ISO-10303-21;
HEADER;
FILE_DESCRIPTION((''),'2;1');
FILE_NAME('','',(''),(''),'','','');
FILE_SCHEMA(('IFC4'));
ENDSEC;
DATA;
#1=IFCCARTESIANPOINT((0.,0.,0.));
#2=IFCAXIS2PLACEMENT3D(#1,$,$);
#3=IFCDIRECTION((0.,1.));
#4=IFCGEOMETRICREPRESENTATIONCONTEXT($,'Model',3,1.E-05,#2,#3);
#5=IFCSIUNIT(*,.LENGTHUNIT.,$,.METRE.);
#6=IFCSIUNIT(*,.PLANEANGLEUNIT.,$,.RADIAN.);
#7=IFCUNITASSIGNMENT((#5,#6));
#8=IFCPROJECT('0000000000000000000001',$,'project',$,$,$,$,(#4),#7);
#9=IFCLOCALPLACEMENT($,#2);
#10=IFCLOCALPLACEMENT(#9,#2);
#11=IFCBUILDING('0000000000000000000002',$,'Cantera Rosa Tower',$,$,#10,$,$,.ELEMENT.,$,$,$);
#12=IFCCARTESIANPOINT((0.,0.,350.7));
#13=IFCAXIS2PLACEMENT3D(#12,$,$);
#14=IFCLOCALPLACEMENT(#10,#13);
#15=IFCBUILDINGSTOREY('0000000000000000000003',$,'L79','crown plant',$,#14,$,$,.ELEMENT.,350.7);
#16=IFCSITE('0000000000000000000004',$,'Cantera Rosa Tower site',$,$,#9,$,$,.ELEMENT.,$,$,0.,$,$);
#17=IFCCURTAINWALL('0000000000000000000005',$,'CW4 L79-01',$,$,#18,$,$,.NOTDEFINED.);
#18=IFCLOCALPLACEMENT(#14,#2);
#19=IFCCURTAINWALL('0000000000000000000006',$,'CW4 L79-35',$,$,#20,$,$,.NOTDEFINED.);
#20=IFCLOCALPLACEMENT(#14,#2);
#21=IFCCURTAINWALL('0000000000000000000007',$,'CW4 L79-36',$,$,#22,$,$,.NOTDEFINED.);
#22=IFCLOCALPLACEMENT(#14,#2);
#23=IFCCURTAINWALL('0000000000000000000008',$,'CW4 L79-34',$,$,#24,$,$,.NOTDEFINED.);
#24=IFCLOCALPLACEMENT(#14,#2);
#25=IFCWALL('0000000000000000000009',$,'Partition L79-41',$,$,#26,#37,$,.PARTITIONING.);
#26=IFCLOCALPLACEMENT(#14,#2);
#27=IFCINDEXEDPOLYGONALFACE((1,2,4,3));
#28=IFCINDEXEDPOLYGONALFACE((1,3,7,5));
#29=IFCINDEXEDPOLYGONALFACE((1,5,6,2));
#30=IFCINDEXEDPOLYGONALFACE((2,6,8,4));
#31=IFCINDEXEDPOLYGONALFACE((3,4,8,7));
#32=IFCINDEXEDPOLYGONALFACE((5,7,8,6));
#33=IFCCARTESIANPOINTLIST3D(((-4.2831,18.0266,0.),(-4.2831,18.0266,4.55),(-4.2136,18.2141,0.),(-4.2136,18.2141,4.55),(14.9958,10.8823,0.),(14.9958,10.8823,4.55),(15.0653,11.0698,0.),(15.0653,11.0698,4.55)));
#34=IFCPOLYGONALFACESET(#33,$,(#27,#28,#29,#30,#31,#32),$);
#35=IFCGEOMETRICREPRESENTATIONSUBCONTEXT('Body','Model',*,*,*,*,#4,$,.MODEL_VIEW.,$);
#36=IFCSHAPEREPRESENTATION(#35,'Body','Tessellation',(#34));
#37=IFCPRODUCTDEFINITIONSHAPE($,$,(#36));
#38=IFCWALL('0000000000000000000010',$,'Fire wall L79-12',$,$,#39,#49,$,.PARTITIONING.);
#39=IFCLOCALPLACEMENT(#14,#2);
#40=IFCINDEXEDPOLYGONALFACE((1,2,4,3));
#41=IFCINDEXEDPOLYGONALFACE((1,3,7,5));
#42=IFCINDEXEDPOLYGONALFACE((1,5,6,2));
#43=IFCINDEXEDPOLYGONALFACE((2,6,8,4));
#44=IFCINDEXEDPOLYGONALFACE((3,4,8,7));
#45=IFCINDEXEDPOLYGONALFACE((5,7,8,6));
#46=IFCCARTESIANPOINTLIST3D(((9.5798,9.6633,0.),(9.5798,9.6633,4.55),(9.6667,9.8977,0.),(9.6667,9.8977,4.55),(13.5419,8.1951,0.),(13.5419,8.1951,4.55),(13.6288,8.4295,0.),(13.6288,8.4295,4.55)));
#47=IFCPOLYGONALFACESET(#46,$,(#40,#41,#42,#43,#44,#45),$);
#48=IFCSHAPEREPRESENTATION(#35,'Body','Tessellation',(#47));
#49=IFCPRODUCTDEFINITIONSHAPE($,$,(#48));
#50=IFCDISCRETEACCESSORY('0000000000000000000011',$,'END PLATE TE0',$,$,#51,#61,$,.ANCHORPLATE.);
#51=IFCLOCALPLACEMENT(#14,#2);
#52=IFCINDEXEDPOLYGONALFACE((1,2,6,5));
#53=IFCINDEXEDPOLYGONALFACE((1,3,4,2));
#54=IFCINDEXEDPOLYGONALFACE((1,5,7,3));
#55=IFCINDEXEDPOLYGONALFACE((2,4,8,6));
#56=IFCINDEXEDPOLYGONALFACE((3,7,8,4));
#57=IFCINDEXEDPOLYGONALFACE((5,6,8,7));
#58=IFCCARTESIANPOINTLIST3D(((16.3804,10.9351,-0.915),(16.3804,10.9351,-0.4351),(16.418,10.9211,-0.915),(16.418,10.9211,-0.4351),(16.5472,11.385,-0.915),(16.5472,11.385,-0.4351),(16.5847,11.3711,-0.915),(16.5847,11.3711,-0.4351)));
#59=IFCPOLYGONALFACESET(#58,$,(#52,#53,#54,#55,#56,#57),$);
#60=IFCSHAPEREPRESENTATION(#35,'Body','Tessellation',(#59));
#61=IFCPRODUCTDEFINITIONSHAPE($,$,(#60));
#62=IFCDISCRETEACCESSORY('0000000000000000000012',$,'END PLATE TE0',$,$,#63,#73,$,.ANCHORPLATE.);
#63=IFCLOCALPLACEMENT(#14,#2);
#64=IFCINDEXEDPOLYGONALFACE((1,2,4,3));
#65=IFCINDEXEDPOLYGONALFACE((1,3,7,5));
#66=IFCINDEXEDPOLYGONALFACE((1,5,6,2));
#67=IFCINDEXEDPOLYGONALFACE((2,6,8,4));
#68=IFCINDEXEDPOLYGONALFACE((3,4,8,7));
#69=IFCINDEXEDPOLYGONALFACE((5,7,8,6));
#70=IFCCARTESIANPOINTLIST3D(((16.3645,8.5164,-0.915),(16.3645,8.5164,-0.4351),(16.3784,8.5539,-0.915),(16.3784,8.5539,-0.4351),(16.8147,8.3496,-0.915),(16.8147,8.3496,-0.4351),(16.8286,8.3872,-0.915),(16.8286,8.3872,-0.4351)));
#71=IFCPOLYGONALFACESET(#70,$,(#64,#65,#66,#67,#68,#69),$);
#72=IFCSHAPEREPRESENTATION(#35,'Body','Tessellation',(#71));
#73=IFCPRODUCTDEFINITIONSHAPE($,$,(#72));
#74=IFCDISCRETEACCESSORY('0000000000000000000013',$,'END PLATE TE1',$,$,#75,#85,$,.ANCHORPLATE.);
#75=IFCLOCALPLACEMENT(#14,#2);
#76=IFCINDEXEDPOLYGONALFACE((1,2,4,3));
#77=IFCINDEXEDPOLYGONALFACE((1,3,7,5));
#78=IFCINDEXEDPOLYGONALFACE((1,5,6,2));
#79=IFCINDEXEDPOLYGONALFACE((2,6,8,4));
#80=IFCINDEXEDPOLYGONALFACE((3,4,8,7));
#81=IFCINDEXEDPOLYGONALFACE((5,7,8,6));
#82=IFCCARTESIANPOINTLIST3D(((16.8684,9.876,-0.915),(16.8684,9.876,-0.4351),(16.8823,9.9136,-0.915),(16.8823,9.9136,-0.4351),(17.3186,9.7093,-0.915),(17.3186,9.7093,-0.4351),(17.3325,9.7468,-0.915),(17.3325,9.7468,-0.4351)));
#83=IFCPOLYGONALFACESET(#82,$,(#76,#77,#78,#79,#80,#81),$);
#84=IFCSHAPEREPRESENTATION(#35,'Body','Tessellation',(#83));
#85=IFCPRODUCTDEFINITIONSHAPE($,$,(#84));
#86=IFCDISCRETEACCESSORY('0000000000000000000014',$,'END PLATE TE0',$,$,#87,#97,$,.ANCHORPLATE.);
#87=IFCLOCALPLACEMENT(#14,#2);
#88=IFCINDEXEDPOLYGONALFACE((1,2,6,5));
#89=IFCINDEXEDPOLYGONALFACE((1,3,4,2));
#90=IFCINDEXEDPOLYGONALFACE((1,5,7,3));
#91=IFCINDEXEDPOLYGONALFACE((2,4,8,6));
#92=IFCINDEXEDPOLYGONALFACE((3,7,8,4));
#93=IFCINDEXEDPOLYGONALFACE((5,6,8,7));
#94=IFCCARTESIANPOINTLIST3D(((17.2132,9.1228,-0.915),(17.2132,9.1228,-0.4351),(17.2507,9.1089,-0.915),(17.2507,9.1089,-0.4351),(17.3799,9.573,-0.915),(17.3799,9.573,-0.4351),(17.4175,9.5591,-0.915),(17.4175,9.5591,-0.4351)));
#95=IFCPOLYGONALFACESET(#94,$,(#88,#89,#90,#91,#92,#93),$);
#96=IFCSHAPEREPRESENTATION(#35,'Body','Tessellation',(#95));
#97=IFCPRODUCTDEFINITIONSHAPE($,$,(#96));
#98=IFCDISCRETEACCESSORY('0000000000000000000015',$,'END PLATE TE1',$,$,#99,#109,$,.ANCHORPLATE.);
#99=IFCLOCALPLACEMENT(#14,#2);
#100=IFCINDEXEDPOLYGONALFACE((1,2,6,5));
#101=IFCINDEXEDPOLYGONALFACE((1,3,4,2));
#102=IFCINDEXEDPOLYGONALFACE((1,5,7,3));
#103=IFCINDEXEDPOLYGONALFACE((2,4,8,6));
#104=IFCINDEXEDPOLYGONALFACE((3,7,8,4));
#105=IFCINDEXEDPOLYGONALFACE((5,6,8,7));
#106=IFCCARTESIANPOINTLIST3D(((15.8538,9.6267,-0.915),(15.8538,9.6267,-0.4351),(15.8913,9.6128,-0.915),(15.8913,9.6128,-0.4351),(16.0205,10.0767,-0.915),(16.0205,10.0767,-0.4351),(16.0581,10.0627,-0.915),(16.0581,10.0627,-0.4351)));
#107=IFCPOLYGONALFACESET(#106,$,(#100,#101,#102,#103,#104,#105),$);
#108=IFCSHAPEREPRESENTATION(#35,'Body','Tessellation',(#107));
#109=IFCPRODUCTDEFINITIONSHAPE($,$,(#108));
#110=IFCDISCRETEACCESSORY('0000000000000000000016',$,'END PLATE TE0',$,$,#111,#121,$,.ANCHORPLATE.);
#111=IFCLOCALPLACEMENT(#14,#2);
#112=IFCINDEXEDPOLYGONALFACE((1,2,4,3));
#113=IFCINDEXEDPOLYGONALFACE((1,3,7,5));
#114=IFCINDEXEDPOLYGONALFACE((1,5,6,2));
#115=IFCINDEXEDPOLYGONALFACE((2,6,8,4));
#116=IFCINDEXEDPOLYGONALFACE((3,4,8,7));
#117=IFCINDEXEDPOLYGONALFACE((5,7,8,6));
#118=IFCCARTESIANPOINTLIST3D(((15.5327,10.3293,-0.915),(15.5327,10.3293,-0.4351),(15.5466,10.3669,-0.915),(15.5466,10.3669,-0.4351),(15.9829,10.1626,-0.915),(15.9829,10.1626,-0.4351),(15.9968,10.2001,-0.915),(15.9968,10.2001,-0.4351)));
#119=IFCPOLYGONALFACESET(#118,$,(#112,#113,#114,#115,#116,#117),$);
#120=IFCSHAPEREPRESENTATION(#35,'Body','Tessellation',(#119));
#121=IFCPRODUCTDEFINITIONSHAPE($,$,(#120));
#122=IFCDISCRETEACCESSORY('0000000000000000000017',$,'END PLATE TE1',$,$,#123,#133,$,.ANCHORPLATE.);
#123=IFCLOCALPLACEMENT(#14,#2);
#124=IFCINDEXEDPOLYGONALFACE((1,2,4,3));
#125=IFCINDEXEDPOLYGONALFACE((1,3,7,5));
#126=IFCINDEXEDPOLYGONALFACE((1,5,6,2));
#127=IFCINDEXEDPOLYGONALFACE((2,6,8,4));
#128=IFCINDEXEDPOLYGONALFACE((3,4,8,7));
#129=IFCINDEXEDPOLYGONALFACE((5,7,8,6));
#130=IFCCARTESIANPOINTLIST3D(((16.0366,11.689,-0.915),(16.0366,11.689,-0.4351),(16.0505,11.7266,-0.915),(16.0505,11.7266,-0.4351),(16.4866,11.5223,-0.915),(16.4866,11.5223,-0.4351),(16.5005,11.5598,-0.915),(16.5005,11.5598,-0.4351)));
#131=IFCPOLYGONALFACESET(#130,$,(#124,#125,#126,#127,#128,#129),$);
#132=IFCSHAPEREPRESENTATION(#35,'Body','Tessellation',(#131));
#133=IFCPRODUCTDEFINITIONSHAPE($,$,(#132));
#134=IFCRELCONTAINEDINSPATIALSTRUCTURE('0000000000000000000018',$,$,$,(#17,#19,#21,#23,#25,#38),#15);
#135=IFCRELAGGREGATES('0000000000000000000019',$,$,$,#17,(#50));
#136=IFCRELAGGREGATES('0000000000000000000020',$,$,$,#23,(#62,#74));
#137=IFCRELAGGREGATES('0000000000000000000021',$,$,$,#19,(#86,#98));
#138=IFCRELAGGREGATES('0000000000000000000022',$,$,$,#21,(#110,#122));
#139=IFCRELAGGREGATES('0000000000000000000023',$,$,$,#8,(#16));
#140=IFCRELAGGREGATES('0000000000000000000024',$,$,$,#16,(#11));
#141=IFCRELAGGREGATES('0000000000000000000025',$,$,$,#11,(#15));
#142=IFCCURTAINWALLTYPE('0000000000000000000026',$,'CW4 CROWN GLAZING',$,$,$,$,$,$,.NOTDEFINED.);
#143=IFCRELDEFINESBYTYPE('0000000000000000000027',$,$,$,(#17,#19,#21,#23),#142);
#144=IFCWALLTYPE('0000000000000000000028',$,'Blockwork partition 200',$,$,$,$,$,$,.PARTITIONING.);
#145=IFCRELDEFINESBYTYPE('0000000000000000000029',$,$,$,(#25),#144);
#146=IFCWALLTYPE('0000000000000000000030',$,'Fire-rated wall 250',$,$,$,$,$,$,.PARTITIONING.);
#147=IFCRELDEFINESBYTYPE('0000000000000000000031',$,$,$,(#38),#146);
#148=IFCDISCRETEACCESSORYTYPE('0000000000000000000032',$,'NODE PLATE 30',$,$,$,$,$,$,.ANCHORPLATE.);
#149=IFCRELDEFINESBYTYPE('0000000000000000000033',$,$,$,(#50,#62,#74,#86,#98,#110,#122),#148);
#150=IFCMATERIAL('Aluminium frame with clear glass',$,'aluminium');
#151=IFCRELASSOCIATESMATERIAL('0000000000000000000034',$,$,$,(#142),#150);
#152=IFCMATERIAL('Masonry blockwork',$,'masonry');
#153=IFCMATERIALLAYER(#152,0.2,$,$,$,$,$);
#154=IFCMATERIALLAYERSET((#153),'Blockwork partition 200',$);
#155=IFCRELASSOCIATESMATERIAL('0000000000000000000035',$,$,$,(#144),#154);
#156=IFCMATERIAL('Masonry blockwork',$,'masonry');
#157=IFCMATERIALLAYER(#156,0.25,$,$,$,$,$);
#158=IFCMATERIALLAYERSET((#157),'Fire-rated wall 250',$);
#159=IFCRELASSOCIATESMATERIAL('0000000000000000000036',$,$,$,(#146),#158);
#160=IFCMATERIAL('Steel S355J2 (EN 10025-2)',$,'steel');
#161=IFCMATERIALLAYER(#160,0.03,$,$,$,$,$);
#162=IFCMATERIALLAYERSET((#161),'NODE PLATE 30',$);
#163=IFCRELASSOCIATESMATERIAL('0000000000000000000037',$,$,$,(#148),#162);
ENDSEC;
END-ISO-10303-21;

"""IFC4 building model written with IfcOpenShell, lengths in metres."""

from ifc_helpers import new_model, si_unit, direction, frame, frame_2d, origin, place, context, subcontext, project, spatial, polyline, rectangle, outline, extrude, material, layer, layer_set, type_object, element, aggregate, save


model = new_model("IFC4")

# Units and contexts
model_context = context("Model", 3, precision=1e-05, world=origin(), true_north=direction((0.0, 1.0)))
body_context = subcontext(model_context, "Body", "Model", "MODEL_VIEW")
ifc_project = project(units=[si_unit("LENGTHUNIT", "METRE"), si_unit("PLANEANGLEUNIT", "RADIAN")], contexts=[model_context])

# Site, building, storey
site_placement = place(None, origin())
site = spatial("IfcSite", under=ifc_project, at=site_placement, Name="Cantera Rosa Tower site", CompositionType="ELEMENT", RefElevation=0.0)
building_placement = place(site_placement, origin())
building = spatial("IfcBuilding", under=site, at=building_placement, Name="Cantera Rosa Tower", CompositionType="ELEMENT")
storey_placement = place(building_placement, frame((0.0, 0.0, 350.7)))
storey = spatial("IfcBuildingStorey", under=building, at=storey_placement, Name="L79", Description="crown plant", CompositionType="ELEMENT", Elevation=350.7)

# Curtain walls
ifc_material_1 = material(Name="Aluminium frame with clear glass", Category="aluminium")
curtain_wall_type = type_object("IfcCurtainWallType", Name="CW4 CROWN GLAZING", PredefinedType="NOTDEFINED", material=ifc_material_1)
curtain_wall_1_placement = place(storey_placement, origin())
curtain_wall_1 = element("IfcCurtainWall", 1, at=curtain_wall_1_placement, inside=storey, type_object=curtain_wall_type, Name="CW4 L79-01", PredefinedType="NOTDEFINED")
curtain_wall_2_placement = place(storey_placement, origin())
curtain_wall_2 = element("IfcCurtainWall", 2, at=curtain_wall_2_placement, inside=storey, type_object=curtain_wall_type, Name="CW4 L79-35", PredefinedType="NOTDEFINED")
curtain_wall_3_placement = place(storey_placement, origin())
curtain_wall_3 = element("IfcCurtainWall", 3, at=curtain_wall_3_placement, inside=storey, type_object=curtain_wall_type, Name="CW4 L79-36", PredefinedType="NOTDEFINED")

# Curtain wall
curtain_wall_4_placement = place(storey_placement, origin())
curtain_wall_4 = element("IfcCurtainWall", 4, at=curtain_wall_4_placement, inside=storey, type_object=curtain_wall_type, Name="CW4 L79-34", PredefinedType="NOTDEFINED")

# Walls
ifc_material_2 = material(Name="Masonry blockwork", Category="masonry")
ifc_layer_1 = layer(ifc_material_2, 0.2)
ifc_layer_set_1 = layer_set([ifc_layer_1], Name="Blockwork partition 200")
wall_type_1 = type_object("IfcWallType", Name="Blockwork partition 200", PredefinedType="PARTITIONING", material=ifc_layer_set_1)
wall_1_placement = place(storey_placement, frame((15.0305, 10.9761, 0.0), z_axis=(0.0, 0.0, 1.0), x_axis=(-0.937686, 0.347485, 0.0)))
element("IfcWall", 5, at=wall_1_placement, inside=storey, type_object=wall_type_1, Name="Partition L79-41", PredefinedType="PARTITIONING", context=body_context, shape_type="SweptSolid", body=[
    extrude(rectangle(XDim=20.5601, YDim=0.2, at=frame_2d((10.28, 0.0))), origin(), (0.0, 0.0, 1.0), 4.55),
])
ifc_material_3 = material(Name="Masonry blockwork", Category="masonry")
ifc_layer_2 = layer(ifc_material_3, 0.25)
ifc_layer_set_2 = layer_set([ifc_layer_2], Name="Fire-rated wall 250")
wall_type_2 = type_object("IfcWallType", Name="Fire-rated wall 250", PredefinedType="PARTITIONING", material=ifc_layer_set_2)
wall_2_placement = place(storey_placement, frame((13.5854, 8.3123, 0.0), z_axis=(0.0, 0.0, 1.0), x_axis=(-0.937687, 0.34748, 0.0)))
element("IfcWall", 6, at=wall_2_placement, inside=storey, type_object=wall_type_2, Name="Fire wall L79-12", PredefinedType="PARTITIONING", context=body_context, shape_type="SweptSolid", body=[
    extrude(rectangle(XDim=4.2253, YDim=0.25, at=frame_2d((2.1128, 0.0))), origin(), (0.0, 0.0, 1.0), 4.55),
])

# Discrete accessories
ifc_material_4 = material(Name="Steel S355J2 (EN 10025-2)", Category="steel")
ifc_layer_3 = layer(ifc_material_4, 0.03)
ifc_layer_set_3 = layer_set([ifc_layer_3], Name="NODE PLATE 30")
discrete_accessory_type = type_object("IfcDiscreteAccessoryType", Name="NODE PLATE 30", PredefinedType="ANCHORPLATE", material=ifc_layer_set_3)
discrete_accessory_1_placement = place(storey_placement, frame((16.5847, 11.3711, -0.4351), z_axis=(0.937681, -0.347497, 0.0), x_axis=(-0.347497, -0.937681, 0.0)))
discrete_accessory_1 = element("IfcDiscreteAccessory", 7, at=discrete_accessory_1_placement, type_object=discrete_accessory_type, Name="END PLATE TE0", PredefinedType="ANCHORPLATE", context=body_context, shape_type="SweptSolid", body=[
    extrude(outline(polyline([(0.0, 0.0), (0.4799, 0.0), (0.4799, 0.48), (0.0, 0.48), (0.0, 0.0)])), origin(), (0.0, 0.0, -1.0), 0.04),
])
aggregate(curtain_wall_1, [discrete_accessory_1])
discrete_accessory_2_placement = place(storey_placement, frame((16.8147, 8.3496, -0.4351), z_axis=(-0.347331, -0.937743, 0.0), x_axis=(-0.937743, 0.347331, 0.0)))
discrete_accessory_2 = element("IfcDiscreteAccessory", 8, at=discrete_accessory_2_placement, type_object=discrete_accessory_type, Name="END PLATE TE0", PredefinedType="ANCHORPLATE", context=body_context, shape_type="SweptSolid", body=[
    extrude(outline(polyline([(0.0, 0.0), (0.4801, 0.0), (0.4801, 0.48), (0.0, 0.48), (0.0, 0.0)])), origin(), (0.0, 0.0, -1.0), 0.04),
])
discrete_accessory_3_placement = place(storey_placement, frame((16.8823, 9.9136, -0.4351), z_axis=(0.347331, 0.937743, 0.0), x_axis=(0.937743, -0.347331, 0.0)))
discrete_accessory_3 = element("IfcDiscreteAccessory", 9, at=discrete_accessory_3_placement, type_object=discrete_accessory_type, Name="END PLATE TE1", PredefinedType="ANCHORPLATE", context=body_context, shape_type="SweptSolid", body=[
    extrude(outline(polyline([(0.0, 0.0), (0.4801, 0.0), (0.4801, 0.48), (0.0, 0.48), (0.0, 0.0)])), origin(), (0.0, 0.0, -1.0), 0.04),
])
aggregate(curtain_wall_4, [discrete_accessory_2, discrete_accessory_3])
discrete_accessory_4_placement = place(storey_placement, frame((17.4175, 9.5591, -0.4351), z_axis=(0.937743, -0.347331, 0.0), x_axis=(-0.347331, -0.937743, 0.0)))
discrete_accessory_4 = element("IfcDiscreteAccessory", 10, at=discrete_accessory_4_placement, type_object=discrete_accessory_type, Name="END PLATE TE0", PredefinedType="ANCHORPLATE", context=body_context, shape_type="SweptSolid", body=[
    extrude(outline(polyline([(0.0, 0.0), (0.4801, 0.0), (0.4801, 0.48), (0.0, 0.48), (0.0, 0.0)])), origin(), (0.0, 0.0, -1.0), 0.04),
])
discrete_accessory_5_placement = place(storey_placement, frame((15.8538, 9.6267, -0.4351), z_axis=(-0.937681, 0.347497, 0.0), x_axis=(0.347497, 0.937681, 0.0)))
discrete_accessory_5 = element("IfcDiscreteAccessory", 11, at=discrete_accessory_5_placement, type_object=discrete_accessory_type, Name="END PLATE TE1", PredefinedType="ANCHORPLATE", context=body_context, shape_type="SweptSolid", body=[
    extrude(outline(polyline([(0.0, 0.0), (0.4799, 0.0), (0.4799, 0.48), (0.0, 0.48), (0.0, 0.0)])), origin(), (0.0, 0.0, -1.0), 0.04),
])
aggregate(curtain_wall_2, [discrete_accessory_4, discrete_accessory_5])
discrete_accessory_6_placement = place(storey_placement, frame((15.9829, 10.1626, -0.4351), z_axis=(-0.347331, -0.937743, 0.0), x_axis=(-0.937743, 0.347331, 0.0)))
discrete_accessory_6 = element("IfcDiscreteAccessory", 12, at=discrete_accessory_6_placement, type_object=discrete_accessory_type, Name="END PLATE TE0", PredefinedType="ANCHORPLATE", context=body_context, shape_type="SweptSolid", body=[
    extrude(outline(polyline([(0.0, 0.0), (0.4801, 0.0), (0.4801, 0.48), (0.0, 0.48), (0.0, 0.0)])), origin(), (0.0, 0.0, -1.0), 0.04),
])
discrete_accessory_7_placement = place(storey_placement, frame((16.0505, 11.7266, -0.4351), z_axis=(0.347497, 0.937681, 0.0), x_axis=(0.937681, -0.347497, 0.0)))
discrete_accessory_7 = element("IfcDiscreteAccessory", 13, at=discrete_accessory_7_placement, type_object=discrete_accessory_type, Name="END PLATE TE1", PredefinedType="ANCHORPLATE", context=body_context, shape_type="SweptSolid", body=[
    extrude(outline(polyline([(0.0, 0.0), (0.4799, 0.0), (0.4799, 0.48), (0.0, 0.48), (0.0, 0.0)])), origin(), (0.0, 0.0, -1.0), 0.04),
])
aggregate(curtain_wall_3, [discrete_accessory_6, discrete_accessory_7])

save(model, "model.ifc")
